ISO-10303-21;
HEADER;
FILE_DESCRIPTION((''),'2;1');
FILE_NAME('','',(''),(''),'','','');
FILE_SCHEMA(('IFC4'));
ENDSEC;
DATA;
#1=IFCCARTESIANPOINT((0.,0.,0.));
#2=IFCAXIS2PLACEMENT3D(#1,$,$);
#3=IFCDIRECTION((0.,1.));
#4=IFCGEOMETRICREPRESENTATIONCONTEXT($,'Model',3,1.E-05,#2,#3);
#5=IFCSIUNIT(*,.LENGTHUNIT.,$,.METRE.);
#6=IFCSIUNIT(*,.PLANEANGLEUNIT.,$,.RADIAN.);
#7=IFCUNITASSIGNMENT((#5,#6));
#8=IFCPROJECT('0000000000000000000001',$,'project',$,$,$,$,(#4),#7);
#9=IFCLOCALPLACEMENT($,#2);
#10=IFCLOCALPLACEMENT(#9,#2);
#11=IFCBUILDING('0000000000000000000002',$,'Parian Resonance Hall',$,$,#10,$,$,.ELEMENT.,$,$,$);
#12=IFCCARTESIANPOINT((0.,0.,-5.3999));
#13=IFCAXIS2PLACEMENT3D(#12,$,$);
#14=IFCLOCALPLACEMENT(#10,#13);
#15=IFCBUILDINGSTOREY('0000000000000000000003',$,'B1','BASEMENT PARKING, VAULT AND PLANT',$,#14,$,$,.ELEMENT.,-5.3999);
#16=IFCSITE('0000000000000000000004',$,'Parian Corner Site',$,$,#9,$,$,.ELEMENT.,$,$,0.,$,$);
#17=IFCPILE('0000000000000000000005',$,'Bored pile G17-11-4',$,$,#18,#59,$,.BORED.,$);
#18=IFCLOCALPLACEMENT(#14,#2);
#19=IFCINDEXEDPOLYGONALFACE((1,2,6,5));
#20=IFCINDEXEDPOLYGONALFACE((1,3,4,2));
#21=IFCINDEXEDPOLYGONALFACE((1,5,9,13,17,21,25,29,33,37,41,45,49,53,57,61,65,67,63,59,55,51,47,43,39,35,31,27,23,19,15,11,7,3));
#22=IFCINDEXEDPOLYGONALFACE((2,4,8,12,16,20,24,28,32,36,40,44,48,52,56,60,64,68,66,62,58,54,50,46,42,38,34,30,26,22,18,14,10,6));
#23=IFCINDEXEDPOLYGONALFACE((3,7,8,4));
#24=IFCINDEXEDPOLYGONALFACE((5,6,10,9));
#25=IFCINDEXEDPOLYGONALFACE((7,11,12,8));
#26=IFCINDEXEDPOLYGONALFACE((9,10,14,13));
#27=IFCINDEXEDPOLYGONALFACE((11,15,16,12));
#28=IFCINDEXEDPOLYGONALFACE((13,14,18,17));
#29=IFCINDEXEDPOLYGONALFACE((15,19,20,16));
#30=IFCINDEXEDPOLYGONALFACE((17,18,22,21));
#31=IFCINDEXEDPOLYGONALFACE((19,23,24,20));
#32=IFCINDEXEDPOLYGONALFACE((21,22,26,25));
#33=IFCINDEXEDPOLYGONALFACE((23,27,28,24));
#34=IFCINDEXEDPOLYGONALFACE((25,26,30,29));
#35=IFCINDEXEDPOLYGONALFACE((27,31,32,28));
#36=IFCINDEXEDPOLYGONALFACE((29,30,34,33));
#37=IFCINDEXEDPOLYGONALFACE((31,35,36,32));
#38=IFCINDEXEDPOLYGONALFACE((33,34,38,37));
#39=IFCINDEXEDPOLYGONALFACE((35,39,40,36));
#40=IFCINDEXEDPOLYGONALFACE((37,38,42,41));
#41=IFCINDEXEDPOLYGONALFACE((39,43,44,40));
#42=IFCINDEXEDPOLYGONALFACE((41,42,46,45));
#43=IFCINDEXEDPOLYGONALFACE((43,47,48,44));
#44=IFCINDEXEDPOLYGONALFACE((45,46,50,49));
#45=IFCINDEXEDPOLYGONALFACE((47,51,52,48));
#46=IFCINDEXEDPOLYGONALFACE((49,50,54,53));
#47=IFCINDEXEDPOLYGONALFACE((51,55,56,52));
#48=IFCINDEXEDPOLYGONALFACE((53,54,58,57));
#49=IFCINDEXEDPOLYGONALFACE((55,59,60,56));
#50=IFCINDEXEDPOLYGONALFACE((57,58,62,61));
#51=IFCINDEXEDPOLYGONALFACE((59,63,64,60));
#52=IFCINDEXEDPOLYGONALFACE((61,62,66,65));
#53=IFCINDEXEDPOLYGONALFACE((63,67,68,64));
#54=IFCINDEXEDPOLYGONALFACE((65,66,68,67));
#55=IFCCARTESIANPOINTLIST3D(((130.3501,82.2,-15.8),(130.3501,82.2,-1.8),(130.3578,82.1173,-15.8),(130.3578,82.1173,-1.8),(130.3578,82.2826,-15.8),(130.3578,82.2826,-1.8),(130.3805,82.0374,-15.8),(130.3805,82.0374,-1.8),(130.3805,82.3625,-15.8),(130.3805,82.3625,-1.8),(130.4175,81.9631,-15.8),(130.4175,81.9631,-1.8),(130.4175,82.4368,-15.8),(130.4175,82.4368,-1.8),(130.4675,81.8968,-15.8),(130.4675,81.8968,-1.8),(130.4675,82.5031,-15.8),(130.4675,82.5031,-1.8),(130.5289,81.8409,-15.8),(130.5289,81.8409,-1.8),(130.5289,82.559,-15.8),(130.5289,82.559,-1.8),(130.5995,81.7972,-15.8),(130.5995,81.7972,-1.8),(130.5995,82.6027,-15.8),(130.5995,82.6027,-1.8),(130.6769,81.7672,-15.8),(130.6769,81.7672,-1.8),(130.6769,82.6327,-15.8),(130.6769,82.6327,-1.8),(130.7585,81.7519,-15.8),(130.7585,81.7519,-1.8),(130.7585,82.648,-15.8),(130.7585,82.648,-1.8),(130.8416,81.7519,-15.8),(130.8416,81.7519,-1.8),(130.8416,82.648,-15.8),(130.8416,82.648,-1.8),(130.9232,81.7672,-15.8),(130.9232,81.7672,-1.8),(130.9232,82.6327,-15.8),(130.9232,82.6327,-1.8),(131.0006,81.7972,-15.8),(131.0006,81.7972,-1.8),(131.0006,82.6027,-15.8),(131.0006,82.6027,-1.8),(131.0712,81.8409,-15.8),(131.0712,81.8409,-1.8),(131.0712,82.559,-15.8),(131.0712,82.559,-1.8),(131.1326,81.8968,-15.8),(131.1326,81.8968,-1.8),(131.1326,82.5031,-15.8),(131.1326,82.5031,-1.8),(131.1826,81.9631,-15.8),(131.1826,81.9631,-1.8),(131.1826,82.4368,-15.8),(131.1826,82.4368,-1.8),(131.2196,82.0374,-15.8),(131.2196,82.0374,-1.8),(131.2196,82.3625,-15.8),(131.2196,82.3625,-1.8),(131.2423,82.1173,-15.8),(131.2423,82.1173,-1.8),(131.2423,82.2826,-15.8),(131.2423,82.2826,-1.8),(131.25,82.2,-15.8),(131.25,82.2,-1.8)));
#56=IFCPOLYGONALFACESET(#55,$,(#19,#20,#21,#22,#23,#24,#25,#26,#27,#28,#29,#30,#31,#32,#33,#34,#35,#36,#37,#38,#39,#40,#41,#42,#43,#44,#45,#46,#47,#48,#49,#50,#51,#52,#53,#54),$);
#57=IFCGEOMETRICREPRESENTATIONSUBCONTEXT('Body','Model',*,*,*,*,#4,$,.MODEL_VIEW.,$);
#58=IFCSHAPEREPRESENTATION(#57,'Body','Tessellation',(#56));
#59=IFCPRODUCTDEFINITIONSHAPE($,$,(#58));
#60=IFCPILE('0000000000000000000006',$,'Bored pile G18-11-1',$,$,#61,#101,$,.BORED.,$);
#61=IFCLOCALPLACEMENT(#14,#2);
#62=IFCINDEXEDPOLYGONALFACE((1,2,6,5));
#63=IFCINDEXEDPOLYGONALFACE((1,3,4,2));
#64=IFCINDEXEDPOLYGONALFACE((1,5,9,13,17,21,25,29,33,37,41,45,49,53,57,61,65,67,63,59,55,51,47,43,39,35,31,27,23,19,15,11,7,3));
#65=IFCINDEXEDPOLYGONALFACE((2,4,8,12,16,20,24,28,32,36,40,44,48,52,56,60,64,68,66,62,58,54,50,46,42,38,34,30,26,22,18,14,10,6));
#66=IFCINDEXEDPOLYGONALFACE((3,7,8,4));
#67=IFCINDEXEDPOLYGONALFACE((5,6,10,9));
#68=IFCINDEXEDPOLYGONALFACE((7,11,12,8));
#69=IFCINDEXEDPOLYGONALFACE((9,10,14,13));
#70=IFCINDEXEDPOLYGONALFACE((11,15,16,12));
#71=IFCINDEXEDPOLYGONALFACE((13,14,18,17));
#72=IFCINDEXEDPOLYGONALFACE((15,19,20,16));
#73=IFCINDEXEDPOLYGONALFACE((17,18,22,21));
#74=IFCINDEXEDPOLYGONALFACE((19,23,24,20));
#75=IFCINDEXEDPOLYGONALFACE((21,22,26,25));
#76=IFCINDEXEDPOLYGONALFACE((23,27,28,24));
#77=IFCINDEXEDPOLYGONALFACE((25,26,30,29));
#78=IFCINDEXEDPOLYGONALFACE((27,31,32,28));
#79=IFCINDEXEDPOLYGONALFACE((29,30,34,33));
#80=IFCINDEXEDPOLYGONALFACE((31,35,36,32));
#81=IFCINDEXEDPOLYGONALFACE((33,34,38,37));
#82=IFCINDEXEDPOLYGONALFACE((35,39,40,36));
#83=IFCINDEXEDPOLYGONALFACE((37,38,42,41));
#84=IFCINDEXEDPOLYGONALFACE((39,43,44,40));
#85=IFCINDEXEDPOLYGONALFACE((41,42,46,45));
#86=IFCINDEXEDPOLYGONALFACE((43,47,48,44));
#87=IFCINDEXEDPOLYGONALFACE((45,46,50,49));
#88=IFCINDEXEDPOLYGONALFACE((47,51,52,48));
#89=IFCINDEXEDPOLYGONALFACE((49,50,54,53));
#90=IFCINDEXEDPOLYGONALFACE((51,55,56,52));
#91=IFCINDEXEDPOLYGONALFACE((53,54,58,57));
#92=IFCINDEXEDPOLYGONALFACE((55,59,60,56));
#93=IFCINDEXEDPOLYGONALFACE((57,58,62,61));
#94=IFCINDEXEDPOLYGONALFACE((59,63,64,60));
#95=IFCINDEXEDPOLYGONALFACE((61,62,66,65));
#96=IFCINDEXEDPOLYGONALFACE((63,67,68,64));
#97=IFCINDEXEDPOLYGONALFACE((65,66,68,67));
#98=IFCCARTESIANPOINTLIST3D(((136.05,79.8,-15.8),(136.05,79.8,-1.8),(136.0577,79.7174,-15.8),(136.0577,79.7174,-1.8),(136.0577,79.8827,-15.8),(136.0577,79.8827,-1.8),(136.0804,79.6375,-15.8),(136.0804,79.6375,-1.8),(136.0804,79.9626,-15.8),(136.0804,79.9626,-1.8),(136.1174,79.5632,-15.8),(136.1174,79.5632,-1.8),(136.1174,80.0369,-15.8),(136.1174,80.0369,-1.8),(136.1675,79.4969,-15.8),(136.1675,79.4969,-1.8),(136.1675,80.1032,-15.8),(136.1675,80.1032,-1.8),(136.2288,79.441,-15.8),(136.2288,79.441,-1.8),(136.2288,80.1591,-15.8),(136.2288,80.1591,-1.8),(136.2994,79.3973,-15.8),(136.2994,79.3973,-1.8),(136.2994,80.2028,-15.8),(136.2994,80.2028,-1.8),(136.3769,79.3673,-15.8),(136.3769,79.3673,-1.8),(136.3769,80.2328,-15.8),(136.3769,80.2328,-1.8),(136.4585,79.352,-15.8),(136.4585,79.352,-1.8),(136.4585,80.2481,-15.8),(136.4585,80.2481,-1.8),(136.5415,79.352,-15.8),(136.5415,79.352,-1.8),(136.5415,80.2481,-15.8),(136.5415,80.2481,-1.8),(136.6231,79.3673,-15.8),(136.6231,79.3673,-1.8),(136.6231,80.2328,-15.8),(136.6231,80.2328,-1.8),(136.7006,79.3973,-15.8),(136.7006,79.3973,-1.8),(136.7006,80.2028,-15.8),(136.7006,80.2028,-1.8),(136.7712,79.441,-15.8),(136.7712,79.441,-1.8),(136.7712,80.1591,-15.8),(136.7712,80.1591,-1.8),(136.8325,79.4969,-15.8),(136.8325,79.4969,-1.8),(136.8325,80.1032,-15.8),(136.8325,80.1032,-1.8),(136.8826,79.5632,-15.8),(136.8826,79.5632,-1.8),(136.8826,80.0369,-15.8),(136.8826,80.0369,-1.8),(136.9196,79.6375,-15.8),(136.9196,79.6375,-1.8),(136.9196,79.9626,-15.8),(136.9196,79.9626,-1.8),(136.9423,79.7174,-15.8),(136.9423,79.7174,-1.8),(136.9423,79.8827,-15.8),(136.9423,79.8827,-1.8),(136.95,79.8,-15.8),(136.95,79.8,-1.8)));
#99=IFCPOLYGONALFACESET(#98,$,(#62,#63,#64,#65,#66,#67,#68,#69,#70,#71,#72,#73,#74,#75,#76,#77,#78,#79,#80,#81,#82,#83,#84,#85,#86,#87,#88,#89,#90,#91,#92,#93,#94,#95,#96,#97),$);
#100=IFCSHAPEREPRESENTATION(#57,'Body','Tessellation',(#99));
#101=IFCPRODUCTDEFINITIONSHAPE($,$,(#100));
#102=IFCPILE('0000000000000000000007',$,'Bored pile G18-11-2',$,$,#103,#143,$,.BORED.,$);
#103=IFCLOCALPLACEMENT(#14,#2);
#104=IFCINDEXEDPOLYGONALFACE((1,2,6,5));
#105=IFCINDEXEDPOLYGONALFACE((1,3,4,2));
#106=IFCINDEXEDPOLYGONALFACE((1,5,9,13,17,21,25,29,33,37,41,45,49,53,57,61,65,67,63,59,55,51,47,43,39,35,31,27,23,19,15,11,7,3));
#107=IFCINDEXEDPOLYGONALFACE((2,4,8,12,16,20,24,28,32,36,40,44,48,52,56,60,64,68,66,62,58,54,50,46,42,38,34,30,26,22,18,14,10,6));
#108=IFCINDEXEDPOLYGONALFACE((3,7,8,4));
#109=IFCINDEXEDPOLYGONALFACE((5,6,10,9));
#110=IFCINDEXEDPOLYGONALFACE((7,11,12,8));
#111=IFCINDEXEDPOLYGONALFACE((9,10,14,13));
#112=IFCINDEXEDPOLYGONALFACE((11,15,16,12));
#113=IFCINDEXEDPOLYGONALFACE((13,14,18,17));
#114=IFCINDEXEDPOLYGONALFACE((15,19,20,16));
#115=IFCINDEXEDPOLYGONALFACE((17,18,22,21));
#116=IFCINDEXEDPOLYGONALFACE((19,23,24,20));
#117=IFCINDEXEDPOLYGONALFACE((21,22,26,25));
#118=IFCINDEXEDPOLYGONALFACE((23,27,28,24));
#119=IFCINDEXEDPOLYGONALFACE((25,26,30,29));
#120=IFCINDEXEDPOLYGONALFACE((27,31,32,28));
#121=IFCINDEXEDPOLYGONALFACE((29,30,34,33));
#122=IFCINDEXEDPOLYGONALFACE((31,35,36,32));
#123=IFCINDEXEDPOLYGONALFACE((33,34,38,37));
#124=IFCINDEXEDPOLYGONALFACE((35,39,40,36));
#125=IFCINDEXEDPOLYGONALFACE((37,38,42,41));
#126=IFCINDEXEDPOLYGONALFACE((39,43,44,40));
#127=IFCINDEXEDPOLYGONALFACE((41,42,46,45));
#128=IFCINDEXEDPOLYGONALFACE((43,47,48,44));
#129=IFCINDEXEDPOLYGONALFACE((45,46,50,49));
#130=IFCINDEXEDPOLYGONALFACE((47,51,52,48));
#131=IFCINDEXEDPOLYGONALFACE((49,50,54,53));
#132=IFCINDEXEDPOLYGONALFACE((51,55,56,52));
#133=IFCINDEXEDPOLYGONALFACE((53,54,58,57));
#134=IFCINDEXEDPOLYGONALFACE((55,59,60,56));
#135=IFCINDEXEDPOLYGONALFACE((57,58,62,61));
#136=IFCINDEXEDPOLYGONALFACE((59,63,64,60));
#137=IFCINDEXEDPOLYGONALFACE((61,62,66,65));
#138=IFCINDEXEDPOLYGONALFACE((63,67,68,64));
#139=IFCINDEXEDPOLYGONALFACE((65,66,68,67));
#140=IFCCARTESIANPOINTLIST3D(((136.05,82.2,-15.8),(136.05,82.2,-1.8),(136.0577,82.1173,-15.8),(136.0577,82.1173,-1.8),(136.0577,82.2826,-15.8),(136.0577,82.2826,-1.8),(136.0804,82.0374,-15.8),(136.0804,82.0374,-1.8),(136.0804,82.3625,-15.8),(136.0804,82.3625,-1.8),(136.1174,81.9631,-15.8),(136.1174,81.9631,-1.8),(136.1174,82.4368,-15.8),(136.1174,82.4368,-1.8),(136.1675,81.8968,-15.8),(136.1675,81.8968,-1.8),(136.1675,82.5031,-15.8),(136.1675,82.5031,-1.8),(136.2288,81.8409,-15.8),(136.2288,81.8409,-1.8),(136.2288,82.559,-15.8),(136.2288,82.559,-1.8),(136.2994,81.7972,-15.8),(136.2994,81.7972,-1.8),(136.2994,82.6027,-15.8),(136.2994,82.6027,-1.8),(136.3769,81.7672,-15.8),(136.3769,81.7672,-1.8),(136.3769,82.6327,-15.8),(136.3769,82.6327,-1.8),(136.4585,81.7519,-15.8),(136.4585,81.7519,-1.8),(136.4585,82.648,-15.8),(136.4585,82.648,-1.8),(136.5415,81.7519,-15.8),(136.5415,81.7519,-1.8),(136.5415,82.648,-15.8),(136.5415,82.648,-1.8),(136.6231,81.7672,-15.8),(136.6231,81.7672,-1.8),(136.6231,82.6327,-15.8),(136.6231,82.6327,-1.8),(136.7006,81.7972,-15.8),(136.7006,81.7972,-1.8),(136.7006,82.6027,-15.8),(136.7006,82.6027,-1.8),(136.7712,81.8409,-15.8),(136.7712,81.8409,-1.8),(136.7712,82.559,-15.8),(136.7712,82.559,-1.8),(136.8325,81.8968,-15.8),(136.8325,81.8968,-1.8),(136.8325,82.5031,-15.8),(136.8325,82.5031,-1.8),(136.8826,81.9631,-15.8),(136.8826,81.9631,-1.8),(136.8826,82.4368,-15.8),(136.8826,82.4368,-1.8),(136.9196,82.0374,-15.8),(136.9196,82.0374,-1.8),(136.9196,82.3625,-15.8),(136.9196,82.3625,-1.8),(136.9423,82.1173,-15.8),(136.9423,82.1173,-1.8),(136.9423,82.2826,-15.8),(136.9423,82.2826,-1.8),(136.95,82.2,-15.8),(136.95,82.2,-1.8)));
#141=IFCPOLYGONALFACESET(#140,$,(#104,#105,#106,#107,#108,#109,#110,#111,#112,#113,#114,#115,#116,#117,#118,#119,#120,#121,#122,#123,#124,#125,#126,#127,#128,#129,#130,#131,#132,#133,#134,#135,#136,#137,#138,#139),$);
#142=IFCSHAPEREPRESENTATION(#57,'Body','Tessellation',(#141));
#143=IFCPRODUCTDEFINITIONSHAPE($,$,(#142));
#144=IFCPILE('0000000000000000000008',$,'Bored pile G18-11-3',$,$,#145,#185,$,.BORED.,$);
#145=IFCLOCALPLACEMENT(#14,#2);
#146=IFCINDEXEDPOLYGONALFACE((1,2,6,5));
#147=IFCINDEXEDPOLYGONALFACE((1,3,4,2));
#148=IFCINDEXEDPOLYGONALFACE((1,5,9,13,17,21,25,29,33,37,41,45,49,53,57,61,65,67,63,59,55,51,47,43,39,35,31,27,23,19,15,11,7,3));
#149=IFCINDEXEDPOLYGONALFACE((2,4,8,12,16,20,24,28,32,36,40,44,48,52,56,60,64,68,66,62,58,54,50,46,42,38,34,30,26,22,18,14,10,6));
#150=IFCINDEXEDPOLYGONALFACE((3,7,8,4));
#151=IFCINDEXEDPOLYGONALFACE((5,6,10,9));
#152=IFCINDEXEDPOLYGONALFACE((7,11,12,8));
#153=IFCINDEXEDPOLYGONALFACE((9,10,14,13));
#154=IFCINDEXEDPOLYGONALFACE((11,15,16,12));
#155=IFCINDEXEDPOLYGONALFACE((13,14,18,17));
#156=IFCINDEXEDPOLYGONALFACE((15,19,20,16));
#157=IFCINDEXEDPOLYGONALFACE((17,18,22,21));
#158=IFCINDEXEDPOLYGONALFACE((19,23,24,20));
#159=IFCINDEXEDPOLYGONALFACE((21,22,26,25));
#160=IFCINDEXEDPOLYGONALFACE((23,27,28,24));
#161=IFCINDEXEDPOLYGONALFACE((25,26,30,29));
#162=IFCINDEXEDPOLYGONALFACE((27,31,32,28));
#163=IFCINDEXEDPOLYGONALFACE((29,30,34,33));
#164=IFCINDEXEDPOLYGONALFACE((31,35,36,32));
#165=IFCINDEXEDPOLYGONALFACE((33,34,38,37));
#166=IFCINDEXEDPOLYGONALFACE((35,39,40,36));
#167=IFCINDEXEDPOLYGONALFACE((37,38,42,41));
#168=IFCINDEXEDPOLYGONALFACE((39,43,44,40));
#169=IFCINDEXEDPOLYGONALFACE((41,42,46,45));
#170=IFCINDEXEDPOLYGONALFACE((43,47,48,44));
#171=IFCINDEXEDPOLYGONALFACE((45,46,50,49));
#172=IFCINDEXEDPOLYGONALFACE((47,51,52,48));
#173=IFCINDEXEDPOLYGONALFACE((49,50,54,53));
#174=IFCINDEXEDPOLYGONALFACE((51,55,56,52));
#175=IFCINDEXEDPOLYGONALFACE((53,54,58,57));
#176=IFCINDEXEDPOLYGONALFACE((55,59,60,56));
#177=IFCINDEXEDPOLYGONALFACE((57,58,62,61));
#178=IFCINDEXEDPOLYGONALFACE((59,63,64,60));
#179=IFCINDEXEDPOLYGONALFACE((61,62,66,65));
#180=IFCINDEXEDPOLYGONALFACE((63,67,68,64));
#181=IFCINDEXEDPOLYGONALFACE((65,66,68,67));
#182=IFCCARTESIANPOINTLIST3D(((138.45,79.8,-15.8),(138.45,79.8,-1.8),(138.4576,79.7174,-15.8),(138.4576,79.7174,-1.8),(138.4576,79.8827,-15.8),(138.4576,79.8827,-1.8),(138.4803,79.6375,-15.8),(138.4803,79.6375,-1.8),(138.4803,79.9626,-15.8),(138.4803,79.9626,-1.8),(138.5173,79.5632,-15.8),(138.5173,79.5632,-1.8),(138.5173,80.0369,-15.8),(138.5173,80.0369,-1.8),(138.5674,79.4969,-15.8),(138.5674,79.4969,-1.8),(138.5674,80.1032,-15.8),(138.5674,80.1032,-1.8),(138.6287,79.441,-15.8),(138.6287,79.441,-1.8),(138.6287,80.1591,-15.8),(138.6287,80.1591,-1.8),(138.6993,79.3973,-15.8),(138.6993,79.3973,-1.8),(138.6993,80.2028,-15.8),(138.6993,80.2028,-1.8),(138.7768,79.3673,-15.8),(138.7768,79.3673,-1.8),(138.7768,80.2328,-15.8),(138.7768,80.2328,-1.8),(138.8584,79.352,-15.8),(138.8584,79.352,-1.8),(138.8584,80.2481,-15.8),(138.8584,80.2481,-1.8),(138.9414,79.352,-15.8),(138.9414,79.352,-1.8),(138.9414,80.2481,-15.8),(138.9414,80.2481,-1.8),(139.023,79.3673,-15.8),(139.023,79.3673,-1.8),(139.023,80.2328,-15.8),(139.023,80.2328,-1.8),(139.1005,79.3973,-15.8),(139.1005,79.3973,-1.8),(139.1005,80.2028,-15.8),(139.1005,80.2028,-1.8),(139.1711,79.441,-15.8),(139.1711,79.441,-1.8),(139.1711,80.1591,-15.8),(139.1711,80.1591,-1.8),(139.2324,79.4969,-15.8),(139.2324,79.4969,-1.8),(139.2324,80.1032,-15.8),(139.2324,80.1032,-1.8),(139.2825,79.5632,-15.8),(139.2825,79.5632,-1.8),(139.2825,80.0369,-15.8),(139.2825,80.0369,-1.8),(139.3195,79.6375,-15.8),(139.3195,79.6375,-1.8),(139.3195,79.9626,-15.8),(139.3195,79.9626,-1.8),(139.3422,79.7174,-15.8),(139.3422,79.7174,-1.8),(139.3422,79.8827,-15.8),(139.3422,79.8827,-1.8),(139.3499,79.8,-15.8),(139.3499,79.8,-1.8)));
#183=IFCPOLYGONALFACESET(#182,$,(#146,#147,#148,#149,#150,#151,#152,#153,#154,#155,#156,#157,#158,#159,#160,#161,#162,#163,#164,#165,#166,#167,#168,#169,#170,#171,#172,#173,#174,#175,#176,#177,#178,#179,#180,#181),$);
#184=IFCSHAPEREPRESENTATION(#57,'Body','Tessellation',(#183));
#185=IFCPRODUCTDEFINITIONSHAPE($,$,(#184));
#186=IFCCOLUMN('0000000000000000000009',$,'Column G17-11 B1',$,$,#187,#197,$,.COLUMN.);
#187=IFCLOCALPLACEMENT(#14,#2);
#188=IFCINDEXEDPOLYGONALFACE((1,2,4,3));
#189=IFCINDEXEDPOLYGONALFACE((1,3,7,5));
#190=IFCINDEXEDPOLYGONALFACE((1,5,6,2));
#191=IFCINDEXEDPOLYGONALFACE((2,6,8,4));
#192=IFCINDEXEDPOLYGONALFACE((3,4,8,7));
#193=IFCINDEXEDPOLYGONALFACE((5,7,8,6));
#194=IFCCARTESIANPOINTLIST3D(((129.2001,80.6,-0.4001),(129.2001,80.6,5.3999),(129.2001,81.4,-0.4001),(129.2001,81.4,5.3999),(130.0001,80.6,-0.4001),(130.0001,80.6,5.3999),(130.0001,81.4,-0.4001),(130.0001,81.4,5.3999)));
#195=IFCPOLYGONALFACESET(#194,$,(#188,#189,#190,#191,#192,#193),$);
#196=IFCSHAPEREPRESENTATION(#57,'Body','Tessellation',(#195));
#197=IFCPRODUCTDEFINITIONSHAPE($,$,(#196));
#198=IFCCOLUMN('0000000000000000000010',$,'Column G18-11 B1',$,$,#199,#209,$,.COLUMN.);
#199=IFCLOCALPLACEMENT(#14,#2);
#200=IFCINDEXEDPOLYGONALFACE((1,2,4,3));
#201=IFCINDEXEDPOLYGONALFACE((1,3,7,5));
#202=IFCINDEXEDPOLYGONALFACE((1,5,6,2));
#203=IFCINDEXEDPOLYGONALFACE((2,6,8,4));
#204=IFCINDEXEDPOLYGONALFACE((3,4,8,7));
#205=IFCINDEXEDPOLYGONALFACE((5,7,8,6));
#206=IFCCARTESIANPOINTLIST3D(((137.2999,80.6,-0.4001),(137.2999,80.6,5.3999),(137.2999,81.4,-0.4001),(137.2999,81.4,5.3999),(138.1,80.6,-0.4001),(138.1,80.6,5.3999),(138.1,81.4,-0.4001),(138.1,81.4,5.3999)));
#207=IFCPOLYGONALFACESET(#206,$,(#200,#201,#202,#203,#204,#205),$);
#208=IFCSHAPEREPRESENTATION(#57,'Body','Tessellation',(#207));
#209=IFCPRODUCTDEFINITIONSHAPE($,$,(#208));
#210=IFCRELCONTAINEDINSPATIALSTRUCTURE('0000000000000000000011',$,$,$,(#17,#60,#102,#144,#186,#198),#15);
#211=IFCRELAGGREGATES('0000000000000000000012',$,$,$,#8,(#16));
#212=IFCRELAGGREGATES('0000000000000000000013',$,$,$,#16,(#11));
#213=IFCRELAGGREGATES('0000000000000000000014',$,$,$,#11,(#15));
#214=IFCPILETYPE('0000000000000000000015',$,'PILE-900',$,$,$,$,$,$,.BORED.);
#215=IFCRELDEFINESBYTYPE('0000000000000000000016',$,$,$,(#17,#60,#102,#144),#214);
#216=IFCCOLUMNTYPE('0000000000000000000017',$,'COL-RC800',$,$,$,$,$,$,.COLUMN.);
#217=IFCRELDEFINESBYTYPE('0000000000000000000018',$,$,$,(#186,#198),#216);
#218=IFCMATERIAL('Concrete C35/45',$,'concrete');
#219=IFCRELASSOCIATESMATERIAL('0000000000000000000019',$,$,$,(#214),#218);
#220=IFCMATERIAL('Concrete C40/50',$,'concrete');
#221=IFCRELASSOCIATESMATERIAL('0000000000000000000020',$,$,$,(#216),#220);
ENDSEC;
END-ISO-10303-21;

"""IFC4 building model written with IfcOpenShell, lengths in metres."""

from ifc_helpers import new_model, si_unit, direction, frame, origin, origin_2d, place, context, subcontext, project, spatial, rectangle, circle, extrude, material, material_profile, profile_set, type_object, element, save


model = new_model("IFC4")

# Units and contexts
model_context = context("Model", 3, precision=1e-05, world=origin(), true_north=direction((0.0, 1.0)))
body_context = subcontext(model_context, "Body", "Model", "MODEL_VIEW")
ifc_project = project(units=[si_unit("LENGTHUNIT", "METRE"), si_unit("PLANEANGLEUNIT", "RADIAN")], contexts=[model_context])

# Site, building, storey
site_placement = place(None, origin())
site = spatial("IfcSite", under=ifc_project, at=site_placement, Name="Parian Corner Site", CompositionType="ELEMENT", RefElevation=0.0)
building_placement = place(site_placement, origin())
building = spatial("IfcBuilding", under=site, at=building_placement, Name="Parian Resonance Hall", CompositionType="ELEMENT")
storey_placement = place(building_placement, frame((0.0, 0.0, -5.3999)))
storey = spatial("IfcBuildingStorey", under=building, at=storey_placement, Name="B1", Description="BASEMENT PARKING, VAULT AND PLANT", CompositionType="ELEMENT", Elevation=-5.3999)

# Piles
ifc_material_1 = material(Name="Concrete C35/45", Category="concrete")
ifc_material_profile_1 = material_profile(ifc_material_1, circle(Radius=0.45, at=origin_2d()), Name="PILE-D900")
ifc_profile_set_1 = profile_set([ifc_material_profile_1], Name="Concrete C35/45")
pile_type_1 = type_object("IfcPileType", Name="PILE-900", PredefinedType="BORED", material=ifc_profile_set_1)
for number, where, z_axis, x_axis, name in (
    (1, (130.8, 82.2, -1.8), (0.0, 0.0, -1.0), (1.0, 0.0, 0.0), "Bored pile G17-11-4"),
    (2, (136.5, 79.8, -1.8), (0.0, 0.0, -1.0), (1.0, 0.0, 0.0), "Bored pile G18-11-1"),
    (3, (136.5, 82.2, -1.8), (0.0, 0.0, -1.0), (1.0, 0.0, 0.0), "Bored pile G18-11-2"),
    (4, (138.8999, 79.8, -1.8), (0.0, 0.0, -1.0), (1.0, 0.0, 0.0), "Bored pile G18-11-3"),
):
    element("IfcPile", number, at=place(storey_placement, frame(where, z_axis=z_axis, x_axis=x_axis)), inside=storey, type_object=pile_type_1, Name=name, PredefinedType="BORED", context=body_context, shape_type="SweptSolid", body=[
        extrude(circle(Radius=0.45, at=origin_2d()), origin(), (0.0, 0.0, 1.0), 14.0),
    ])

# Columns
ifc_material_2 = material(Name="Concrete C40/50", Category="concrete")
ifc_material_profile_2 = material_profile(ifc_material_2, rectangle(XDim=0.8, YDim=0.8, at=origin_2d()), Name="RC-COL-800x800")
ifc_profile_set_2 = profile_set([ifc_material_profile_2], Name="Concrete C40/50")
column_type = type_object("IfcColumnType", Name="COL-RC800", PredefinedType="COLUMN", material=ifc_profile_set_2)
for number, where, z_axis, x_axis, name in (
    (5, (129.6001, 81.0, -0.4001), (0.0, 0.0, 1.0), (1.0, 0.0, 0.0), "Column G17-11 B1"),
    (6, (137.7, 81.0, -0.4001), (0.0, 0.0, 1.0), (1.0, 0.0, 0.0), "Column G18-11 B1"),
):
    element("IfcColumn", number, at=place(storey_placement, frame(where, z_axis=z_axis, x_axis=x_axis)), inside=storey, type_object=column_type, Name=name, PredefinedType="COLUMN", context=body_context, shape_type="SweptSolid", body=[
        extrude(rectangle(XDim=0.8, YDim=0.8, at=origin_2d()), origin(), (0.0, 0.0, 1.0), 5.8),
    ])

save(model, "model.ifc")
